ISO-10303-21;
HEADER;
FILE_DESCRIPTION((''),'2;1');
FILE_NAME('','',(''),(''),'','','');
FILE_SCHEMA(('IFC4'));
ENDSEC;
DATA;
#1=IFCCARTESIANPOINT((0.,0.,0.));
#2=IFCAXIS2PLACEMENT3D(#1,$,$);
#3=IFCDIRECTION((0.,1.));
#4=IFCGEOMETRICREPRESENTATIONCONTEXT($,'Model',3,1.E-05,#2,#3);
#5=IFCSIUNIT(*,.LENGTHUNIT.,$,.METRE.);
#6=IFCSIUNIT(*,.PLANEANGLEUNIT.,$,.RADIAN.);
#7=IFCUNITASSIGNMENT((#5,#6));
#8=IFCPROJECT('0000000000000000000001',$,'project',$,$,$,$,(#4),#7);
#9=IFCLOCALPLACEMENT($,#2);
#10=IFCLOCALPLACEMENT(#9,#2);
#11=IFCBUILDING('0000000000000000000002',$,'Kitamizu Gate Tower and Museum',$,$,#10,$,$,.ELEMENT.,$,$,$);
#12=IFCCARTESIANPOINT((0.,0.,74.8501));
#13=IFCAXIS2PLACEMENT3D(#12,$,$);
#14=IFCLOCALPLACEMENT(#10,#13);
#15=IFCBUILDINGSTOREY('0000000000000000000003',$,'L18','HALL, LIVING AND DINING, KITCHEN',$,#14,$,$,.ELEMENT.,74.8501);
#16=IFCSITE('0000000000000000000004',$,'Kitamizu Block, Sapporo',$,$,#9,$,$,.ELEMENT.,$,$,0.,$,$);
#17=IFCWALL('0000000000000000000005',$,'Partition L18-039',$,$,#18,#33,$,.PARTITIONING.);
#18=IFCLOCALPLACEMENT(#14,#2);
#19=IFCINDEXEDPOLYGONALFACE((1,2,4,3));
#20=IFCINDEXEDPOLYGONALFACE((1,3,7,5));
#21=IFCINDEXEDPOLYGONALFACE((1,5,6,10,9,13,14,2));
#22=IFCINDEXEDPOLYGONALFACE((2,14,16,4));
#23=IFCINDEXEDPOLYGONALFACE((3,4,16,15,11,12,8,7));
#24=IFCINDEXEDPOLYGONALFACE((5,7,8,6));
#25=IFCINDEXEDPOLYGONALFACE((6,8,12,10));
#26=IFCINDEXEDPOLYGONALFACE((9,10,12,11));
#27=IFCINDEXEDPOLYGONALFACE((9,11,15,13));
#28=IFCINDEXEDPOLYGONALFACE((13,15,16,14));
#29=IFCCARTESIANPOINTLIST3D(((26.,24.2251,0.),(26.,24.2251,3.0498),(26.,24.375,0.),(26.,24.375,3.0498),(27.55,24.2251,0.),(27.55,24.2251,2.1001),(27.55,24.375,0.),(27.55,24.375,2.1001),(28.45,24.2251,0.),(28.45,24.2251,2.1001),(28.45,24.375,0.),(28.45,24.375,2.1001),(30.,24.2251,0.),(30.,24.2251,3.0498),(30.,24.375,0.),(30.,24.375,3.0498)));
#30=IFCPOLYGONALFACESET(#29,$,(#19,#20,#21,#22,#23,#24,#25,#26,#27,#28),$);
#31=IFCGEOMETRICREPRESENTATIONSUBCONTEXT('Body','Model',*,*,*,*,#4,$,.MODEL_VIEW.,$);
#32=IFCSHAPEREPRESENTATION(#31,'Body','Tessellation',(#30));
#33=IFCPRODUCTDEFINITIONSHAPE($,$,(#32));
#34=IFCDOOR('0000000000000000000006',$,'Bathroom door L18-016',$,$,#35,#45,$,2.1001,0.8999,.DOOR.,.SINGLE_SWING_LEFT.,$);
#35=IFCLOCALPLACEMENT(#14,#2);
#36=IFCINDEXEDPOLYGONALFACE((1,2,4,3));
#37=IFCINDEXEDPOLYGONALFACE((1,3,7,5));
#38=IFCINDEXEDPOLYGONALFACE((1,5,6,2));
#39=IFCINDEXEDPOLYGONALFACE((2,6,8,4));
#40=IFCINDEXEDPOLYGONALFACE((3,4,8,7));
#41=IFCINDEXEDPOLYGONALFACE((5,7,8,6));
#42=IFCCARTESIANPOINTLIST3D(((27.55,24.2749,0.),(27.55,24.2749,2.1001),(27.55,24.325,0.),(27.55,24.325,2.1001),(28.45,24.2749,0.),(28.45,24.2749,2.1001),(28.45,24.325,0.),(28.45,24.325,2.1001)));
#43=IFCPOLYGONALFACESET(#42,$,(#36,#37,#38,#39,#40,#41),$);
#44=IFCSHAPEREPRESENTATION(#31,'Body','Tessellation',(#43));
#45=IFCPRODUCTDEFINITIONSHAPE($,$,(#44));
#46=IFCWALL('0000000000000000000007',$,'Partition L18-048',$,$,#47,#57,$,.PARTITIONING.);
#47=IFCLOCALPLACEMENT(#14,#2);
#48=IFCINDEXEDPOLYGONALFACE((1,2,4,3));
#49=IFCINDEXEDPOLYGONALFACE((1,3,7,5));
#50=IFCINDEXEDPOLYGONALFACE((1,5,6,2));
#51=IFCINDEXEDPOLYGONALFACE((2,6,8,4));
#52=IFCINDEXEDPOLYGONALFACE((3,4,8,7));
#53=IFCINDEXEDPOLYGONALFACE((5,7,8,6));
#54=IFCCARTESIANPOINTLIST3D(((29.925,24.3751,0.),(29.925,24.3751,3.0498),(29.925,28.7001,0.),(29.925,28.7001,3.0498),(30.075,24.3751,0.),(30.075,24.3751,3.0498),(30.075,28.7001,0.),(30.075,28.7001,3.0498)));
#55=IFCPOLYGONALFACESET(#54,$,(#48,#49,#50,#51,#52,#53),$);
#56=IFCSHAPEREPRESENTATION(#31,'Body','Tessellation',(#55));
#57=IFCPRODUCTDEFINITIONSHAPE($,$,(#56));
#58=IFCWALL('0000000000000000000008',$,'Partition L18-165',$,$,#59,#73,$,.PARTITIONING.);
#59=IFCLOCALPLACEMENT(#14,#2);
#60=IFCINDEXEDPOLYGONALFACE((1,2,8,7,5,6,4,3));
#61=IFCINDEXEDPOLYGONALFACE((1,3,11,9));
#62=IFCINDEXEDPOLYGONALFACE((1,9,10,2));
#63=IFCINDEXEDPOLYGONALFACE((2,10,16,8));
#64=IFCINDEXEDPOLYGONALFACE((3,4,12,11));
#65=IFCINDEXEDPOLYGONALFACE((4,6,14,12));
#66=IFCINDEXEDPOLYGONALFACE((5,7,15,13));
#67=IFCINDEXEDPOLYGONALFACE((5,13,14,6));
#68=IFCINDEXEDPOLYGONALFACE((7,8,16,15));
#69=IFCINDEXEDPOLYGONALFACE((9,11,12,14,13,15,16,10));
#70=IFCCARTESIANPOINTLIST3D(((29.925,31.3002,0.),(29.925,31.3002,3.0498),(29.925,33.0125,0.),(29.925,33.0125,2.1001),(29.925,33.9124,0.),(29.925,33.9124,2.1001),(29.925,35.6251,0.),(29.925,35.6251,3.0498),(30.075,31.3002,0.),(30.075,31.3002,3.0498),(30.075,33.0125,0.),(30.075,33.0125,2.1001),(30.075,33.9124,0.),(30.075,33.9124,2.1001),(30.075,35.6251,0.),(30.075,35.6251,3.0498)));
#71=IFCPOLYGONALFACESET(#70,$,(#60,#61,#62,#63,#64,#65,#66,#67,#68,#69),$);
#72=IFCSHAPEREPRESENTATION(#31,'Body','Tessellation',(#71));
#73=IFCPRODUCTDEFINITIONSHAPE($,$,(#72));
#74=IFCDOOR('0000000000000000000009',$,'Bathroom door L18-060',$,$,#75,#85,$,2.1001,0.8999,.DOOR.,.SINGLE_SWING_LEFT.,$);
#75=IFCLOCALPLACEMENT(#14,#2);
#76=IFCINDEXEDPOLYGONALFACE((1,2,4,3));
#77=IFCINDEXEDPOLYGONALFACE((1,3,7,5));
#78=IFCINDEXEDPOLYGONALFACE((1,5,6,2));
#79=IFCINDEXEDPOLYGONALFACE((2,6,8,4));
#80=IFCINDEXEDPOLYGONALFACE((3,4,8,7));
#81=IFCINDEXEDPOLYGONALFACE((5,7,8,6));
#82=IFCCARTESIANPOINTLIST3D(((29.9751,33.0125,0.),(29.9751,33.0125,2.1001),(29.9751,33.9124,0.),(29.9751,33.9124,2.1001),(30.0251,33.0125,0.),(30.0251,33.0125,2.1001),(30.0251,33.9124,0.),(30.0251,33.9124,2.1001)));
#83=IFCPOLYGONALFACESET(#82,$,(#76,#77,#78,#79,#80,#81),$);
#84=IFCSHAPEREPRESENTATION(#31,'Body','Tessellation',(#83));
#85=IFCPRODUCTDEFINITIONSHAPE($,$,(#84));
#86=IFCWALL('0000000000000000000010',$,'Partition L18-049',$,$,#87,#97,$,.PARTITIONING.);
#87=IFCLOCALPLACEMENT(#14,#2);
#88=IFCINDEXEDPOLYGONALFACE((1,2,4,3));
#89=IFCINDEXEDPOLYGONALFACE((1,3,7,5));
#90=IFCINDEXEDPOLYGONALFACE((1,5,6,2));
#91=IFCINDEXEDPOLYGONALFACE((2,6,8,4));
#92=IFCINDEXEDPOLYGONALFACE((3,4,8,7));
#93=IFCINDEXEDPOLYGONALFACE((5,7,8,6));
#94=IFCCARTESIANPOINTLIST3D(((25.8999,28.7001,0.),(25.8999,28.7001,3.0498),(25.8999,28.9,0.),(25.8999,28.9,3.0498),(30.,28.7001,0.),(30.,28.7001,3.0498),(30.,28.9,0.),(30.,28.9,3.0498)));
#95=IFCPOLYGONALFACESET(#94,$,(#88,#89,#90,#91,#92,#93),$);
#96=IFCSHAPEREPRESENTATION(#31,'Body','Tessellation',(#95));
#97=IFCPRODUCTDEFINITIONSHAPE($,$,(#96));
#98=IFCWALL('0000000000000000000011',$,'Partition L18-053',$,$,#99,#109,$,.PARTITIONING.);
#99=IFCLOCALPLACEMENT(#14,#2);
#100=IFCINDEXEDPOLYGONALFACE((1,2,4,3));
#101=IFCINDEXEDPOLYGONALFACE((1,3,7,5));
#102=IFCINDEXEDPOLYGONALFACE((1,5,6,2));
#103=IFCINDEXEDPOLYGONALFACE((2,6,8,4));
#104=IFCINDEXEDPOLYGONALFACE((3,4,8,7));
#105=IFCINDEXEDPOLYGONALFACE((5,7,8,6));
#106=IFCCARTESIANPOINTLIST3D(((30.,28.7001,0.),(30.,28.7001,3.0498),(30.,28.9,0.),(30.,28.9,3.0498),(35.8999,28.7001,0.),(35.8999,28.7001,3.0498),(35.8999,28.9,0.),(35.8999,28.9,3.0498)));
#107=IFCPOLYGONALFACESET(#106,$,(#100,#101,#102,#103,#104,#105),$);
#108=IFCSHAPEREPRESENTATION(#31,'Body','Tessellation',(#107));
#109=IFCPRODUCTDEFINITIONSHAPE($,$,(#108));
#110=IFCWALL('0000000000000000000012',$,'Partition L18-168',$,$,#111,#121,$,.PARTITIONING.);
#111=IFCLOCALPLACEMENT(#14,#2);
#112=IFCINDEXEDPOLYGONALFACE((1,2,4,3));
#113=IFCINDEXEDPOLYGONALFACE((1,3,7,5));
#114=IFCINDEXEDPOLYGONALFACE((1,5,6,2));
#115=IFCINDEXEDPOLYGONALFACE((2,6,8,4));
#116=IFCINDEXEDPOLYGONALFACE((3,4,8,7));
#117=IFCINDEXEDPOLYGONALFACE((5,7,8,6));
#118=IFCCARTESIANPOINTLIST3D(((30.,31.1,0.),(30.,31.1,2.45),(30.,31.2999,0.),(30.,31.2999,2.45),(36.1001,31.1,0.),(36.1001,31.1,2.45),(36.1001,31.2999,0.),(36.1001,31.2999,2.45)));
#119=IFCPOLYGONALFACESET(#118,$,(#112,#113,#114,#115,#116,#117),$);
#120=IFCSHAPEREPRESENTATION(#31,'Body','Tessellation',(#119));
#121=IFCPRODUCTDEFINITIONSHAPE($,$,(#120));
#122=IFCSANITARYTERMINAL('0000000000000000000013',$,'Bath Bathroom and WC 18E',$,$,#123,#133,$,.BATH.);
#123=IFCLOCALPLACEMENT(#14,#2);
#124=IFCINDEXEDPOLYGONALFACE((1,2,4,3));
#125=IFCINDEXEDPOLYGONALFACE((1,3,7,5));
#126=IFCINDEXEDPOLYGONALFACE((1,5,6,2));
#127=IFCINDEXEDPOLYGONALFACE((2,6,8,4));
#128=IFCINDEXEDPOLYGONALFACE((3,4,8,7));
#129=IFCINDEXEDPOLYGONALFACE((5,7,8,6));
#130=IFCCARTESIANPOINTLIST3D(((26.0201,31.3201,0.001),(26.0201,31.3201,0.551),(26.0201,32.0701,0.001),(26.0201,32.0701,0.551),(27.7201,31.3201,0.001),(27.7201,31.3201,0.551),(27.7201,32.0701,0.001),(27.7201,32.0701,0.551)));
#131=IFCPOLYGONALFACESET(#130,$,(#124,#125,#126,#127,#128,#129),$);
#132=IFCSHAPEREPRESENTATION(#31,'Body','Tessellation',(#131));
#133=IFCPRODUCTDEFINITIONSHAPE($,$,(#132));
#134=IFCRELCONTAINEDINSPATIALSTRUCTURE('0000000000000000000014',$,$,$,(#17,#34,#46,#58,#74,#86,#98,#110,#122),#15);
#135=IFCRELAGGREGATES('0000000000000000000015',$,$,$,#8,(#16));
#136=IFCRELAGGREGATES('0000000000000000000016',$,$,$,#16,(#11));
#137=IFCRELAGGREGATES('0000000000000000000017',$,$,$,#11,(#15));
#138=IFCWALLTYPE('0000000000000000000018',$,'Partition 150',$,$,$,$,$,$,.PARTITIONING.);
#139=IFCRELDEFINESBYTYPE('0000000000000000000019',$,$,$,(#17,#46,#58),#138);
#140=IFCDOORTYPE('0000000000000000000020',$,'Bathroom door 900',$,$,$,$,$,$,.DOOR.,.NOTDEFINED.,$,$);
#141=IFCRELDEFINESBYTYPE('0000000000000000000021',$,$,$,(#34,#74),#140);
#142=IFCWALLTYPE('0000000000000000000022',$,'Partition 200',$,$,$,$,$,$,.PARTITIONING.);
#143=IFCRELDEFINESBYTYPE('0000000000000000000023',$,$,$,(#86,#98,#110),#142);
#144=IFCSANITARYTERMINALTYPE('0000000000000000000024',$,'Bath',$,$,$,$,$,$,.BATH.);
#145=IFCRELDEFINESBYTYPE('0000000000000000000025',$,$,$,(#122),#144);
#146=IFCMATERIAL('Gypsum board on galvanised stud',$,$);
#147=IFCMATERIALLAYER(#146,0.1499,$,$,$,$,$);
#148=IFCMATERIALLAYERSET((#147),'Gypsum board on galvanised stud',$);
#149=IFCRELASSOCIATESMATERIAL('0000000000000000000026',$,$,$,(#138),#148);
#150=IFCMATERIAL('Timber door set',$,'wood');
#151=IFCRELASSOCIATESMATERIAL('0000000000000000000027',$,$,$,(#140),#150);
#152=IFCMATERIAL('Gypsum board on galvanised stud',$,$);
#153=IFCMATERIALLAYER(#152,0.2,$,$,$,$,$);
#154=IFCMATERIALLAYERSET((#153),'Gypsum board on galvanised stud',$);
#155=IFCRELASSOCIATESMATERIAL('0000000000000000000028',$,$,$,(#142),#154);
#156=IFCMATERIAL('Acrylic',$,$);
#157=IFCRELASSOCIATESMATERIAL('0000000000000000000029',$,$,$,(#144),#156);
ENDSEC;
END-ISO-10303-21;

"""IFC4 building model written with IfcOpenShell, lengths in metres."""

from ifc_helpers import new_model, si_unit, direction, frame, frame_2d, origin, origin_2d, place, context, subcontext, project, spatial, rectangle, extrude, material, layer, layer_set, type_object, element, fill, save


model = new_model("IFC4")

# Units and contexts
model_context = context("Model", 3, precision=1e-05, world=origin(), true_north=direction((0.0, 1.0)))
body_context = subcontext(model_context, "Body", "Model", "MODEL_VIEW")
ifc_project = project(units=[si_unit("LENGTHUNIT", "METRE"), si_unit("PLANEANGLEUNIT", "RADIAN")], contexts=[model_context])

# Site, building, storey
site_placement = place(None, origin())
site = spatial("IfcSite", under=ifc_project, at=site_placement, Name="Kitamizu Block, Sapporo", CompositionType="ELEMENT", RefElevation=0.0)
building_placement = place(site_placement, origin())
building = spatial("IfcBuilding", under=site, at=building_placement, Name="Kitamizu Gate Tower and Museum", CompositionType="ELEMENT")
storey_placement = place(building_placement, frame((0.0, 0.0, 74.8501)))
storey = spatial("IfcBuildingStorey", under=building, at=storey_placement, Name="L18", Description="HALL, LIVING AND DINING, KITCHEN", CompositionType="ELEMENT", Elevation=74.8501)

# Wall, opening, door
ifc_material_1 = material(Name="Gypsum board on galvanised stud")
ifc_layer_1 = layer(ifc_material_1, 0.1499)
ifc_layer_set_1 = layer_set([ifc_layer_1], Name="Gypsum board on galvanised stud")
wall_type_1 = type_object("IfcWallType", Name="Partition 150", PredefinedType="PARTITIONING", material=ifc_layer_set_1)
wall_1_placement = place(storey_placement, frame((30.0, 24.3, 0.0), z_axis=(0.0, 0.0, 1.0), x_axis=(-1.0, 0.0, 0.0)))
wall_1 = element("IfcWall", 1, at=wall_1_placement, inside=storey, type_object=wall_type_1, Name="Partition L18-039", PredefinedType="PARTITIONING", context=body_context, shape_type="SweptSolid", body=[
    extrude(rectangle(XDim=4.0, YDim=0.1499, at=frame_2d((2.0, 0.0))), origin(), (0.0, 0.0, 1.0), 3.0498),
])
opening_1_placement = place(wall_1_placement, frame((1.55, 0.0, 0.0)))
opening_1 = element("IfcOpeningElement", 2, at=opening_1_placement, cuts=wall_1, PredefinedType="OPENING", context=body_context, shape_type="SweptSolid", body=[
    extrude(rectangle(XDim=0.8999, YDim=2.1001, at=frame_2d((0.45, 1.05))), frame((0.0, 0.085, 0.0), z_axis=(0.0, -1.0, 0.0), x_axis=(1.0, 0.0, 0.0)), (0.0, 0.0, 1.0), 0.1699),
])
ifc_material_2 = material(Name="Timber door set", Category="wood")
door_type_1 = type_object("IfcDoorType", Name="Bathroom door 900", OperationType="NOTDEFINED", PredefinedType="DOOR", material=ifc_material_2)
door_1_placement = place(opening_1_placement, frame((0.8999, 0.0, 0.0), x_axis=(-1.0, 0.0, 0.0)))
door_1 = element("IfcDoor", 3, at=door_1_placement, inside=storey, type_object=door_type_1, Name="Bathroom door L18-016", OperationType="SINGLE_SWING_LEFT", OverallHeight=2.1001, OverallWidth=0.8999, PredefinedType="DOOR", context=body_context, shape_type="SweptSolid", body=[
    extrude(rectangle(XDim=0.8999, YDim=2.1001, at=frame_2d((0.45, 1.05))), frame((0.0, 0.0249, 0.0), z_axis=(0.0, -1.0, 0.0), x_axis=(1.0, 0.0, 0.0)), (0.0, 0.0, 1.0), 0.05),
])
fill(opening_1, door_1)

# Wall
wall_2_placement = place(storey_placement, frame((30.0, 24.375, 0.0), z_axis=(0.0, 0.0, 1.0), x_axis=(0.0, 1.0, 0.0)))
element("IfcWall", 4, at=wall_2_placement, inside=storey, type_object=wall_type_1, Name="Partition L18-048", PredefinedType="PARTITIONING", context=body_context, shape_type="SweptSolid", body=[
    extrude(rectangle(XDim=4.325, YDim=0.1499, at=frame_2d((2.1626, 0.0))), origin(), (0.0, 0.0, 1.0), 3.0498),
])

# Wall, opening, door
wall_3_placement = place(storey_placement, frame((30.0, 31.3, 0.0), z_axis=(0.0, 0.0, 1.0), x_axis=(0.0, 1.0, 0.0)))
wall_3 = element("IfcWall", 5, at=wall_3_placement, inside=storey, type_object=wall_type_1, Name="Partition L18-165", PredefinedType="PARTITIONING", context=body_context, shape_type="SweptSolid", body=[
    extrude(rectangle(XDim=4.325, YDim=0.1499, at=frame_2d((2.1626, 0.0))), origin(), (0.0, 0.0, 1.0), 3.0498),
])
opening_2_placement = place(wall_3_placement, frame((1.7124, 0.0, 0.0)))
opening_2 = element("IfcOpeningElement", 6, at=opening_2_placement, cuts=wall_3, PredefinedType="OPENING", context=body_context, shape_type="SweptSolid", body=[
    extrude(rectangle(XDim=0.8999, YDim=2.1001, at=frame_2d((0.45, 1.05))), frame((0.0, 0.085, 0.0), z_axis=(0.0, -1.0, 0.0), x_axis=(1.0, 0.0, 0.0)), (0.0, 0.0, 1.0), 0.1699),
])
door_2_placement = place(opening_2_placement, origin())
door_2 = element("IfcDoor", 7, at=door_2_placement, inside=storey, type_object=door_type_1, Name="Bathroom door L18-060", OperationType="SINGLE_SWING_LEFT", OverallHeight=2.1001, OverallWidth=0.8999, PredefinedType="DOOR", context=body_context, shape_type="SweptSolid", body=[
    extrude(rectangle(XDim=0.8999, YDim=2.1001, at=frame_2d((0.45, 1.05))), frame((0.0, 0.0249, 0.0), z_axis=(0.0, -1.0, 0.0), x_axis=(1.0, 0.0, 0.0)), (0.0, 0.0, 1.0), 0.05),
])
fill(opening_2, door_2)

# Walls
ifc_material_3 = material(Name="Gypsum board on galvanised stud")
ifc_layer_2 = layer(ifc_material_3, 0.2)
ifc_layer_set_2 = layer_set([ifc_layer_2], Name="Gypsum board on galvanised stud")
wall_type_2 = type_object("IfcWallType", Name="Partition 200", PredefinedType="PARTITIONING", material=ifc_layer_set_2)
wall_4_placement = place(storey_placement, frame((30.0, 28.8, 0.0), z_axis=(0.0, 0.0, 1.0), x_axis=(-1.0, 0.0, 0.0)))
element("IfcWall", 8, at=wall_4_placement, inside=storey, type_object=wall_type_2, Name="Partition L18-049", PredefinedType="PARTITIONING", context=body_context, shape_type="SweptSolid", body=[
    extrude(rectangle(XDim=4.1001, YDim=0.2, at=frame_2d((2.05, 0.0))), origin(), (0.0, 0.0, 1.0), 3.0498),
])
wall_5_placement = place(storey_placement, frame((35.8999, 28.8, 0.0), z_axis=(0.0, 0.0, 1.0), x_axis=(-1.0, 0.0, 0.0)))
element("IfcWall", 9, at=wall_5_placement, inside=storey, type_object=wall_type_2, Name="Partition L18-053", PredefinedType="PARTITIONING", context=body_context, shape_type="SweptSolid", body=[
    extrude(rectangle(XDim=5.8999, YDim=0.2, at=frame_2d((2.95, 0.0))), origin(), (0.0, 0.0, 1.0), 3.0498),
])
wall_6_placement = place(storey_placement, frame((30.0, 31.2, 0.0), z_axis=(0.0, 0.0, 1.0), x_axis=(1.0, 0.0, 0.0)))
element("IfcWall", 10, at=wall_6_placement, inside=storey, type_object=wall_type_2, Name="Partition L18-168", PredefinedType="PARTITIONING", context=body_context, shape_type="SweptSolid", body=[
    extrude(rectangle(XDim=6.1001, YDim=0.2, at=frame_2d((3.05, 0.0))), origin(), (0.0, 0.0, 1.0), 2.45),
])

# Sanitary terminal
ifc_material_4 = material(Name="Acrylic")
sanitary_terminal_type = type_object("IfcSanitaryTerminalType", Name="Bath", PredefinedType="BATH", material=ifc_material_4)
sanitary_terminal_placement = place(storey_placement, frame((26.8701, 31.6951, 0.001), z_axis=(0.0, 0.0, 1.0), x_axis=(1.0, 0.0, 0.0)))
element("IfcSanitaryTerminal", 11, at=sanitary_terminal_placement, inside=storey, type_object=sanitary_terminal_type, Name="Bath Bathroom and WC 18E", PredefinedType="BATH", context=body_context, shape_type="SweptSolid", body=[
    extrude(rectangle(XDim=1.7, YDim=0.75, at=origin_2d()), origin(), (0.0, 0.0, 1.0), 0.55),
])

save(model, "model.ifc")
